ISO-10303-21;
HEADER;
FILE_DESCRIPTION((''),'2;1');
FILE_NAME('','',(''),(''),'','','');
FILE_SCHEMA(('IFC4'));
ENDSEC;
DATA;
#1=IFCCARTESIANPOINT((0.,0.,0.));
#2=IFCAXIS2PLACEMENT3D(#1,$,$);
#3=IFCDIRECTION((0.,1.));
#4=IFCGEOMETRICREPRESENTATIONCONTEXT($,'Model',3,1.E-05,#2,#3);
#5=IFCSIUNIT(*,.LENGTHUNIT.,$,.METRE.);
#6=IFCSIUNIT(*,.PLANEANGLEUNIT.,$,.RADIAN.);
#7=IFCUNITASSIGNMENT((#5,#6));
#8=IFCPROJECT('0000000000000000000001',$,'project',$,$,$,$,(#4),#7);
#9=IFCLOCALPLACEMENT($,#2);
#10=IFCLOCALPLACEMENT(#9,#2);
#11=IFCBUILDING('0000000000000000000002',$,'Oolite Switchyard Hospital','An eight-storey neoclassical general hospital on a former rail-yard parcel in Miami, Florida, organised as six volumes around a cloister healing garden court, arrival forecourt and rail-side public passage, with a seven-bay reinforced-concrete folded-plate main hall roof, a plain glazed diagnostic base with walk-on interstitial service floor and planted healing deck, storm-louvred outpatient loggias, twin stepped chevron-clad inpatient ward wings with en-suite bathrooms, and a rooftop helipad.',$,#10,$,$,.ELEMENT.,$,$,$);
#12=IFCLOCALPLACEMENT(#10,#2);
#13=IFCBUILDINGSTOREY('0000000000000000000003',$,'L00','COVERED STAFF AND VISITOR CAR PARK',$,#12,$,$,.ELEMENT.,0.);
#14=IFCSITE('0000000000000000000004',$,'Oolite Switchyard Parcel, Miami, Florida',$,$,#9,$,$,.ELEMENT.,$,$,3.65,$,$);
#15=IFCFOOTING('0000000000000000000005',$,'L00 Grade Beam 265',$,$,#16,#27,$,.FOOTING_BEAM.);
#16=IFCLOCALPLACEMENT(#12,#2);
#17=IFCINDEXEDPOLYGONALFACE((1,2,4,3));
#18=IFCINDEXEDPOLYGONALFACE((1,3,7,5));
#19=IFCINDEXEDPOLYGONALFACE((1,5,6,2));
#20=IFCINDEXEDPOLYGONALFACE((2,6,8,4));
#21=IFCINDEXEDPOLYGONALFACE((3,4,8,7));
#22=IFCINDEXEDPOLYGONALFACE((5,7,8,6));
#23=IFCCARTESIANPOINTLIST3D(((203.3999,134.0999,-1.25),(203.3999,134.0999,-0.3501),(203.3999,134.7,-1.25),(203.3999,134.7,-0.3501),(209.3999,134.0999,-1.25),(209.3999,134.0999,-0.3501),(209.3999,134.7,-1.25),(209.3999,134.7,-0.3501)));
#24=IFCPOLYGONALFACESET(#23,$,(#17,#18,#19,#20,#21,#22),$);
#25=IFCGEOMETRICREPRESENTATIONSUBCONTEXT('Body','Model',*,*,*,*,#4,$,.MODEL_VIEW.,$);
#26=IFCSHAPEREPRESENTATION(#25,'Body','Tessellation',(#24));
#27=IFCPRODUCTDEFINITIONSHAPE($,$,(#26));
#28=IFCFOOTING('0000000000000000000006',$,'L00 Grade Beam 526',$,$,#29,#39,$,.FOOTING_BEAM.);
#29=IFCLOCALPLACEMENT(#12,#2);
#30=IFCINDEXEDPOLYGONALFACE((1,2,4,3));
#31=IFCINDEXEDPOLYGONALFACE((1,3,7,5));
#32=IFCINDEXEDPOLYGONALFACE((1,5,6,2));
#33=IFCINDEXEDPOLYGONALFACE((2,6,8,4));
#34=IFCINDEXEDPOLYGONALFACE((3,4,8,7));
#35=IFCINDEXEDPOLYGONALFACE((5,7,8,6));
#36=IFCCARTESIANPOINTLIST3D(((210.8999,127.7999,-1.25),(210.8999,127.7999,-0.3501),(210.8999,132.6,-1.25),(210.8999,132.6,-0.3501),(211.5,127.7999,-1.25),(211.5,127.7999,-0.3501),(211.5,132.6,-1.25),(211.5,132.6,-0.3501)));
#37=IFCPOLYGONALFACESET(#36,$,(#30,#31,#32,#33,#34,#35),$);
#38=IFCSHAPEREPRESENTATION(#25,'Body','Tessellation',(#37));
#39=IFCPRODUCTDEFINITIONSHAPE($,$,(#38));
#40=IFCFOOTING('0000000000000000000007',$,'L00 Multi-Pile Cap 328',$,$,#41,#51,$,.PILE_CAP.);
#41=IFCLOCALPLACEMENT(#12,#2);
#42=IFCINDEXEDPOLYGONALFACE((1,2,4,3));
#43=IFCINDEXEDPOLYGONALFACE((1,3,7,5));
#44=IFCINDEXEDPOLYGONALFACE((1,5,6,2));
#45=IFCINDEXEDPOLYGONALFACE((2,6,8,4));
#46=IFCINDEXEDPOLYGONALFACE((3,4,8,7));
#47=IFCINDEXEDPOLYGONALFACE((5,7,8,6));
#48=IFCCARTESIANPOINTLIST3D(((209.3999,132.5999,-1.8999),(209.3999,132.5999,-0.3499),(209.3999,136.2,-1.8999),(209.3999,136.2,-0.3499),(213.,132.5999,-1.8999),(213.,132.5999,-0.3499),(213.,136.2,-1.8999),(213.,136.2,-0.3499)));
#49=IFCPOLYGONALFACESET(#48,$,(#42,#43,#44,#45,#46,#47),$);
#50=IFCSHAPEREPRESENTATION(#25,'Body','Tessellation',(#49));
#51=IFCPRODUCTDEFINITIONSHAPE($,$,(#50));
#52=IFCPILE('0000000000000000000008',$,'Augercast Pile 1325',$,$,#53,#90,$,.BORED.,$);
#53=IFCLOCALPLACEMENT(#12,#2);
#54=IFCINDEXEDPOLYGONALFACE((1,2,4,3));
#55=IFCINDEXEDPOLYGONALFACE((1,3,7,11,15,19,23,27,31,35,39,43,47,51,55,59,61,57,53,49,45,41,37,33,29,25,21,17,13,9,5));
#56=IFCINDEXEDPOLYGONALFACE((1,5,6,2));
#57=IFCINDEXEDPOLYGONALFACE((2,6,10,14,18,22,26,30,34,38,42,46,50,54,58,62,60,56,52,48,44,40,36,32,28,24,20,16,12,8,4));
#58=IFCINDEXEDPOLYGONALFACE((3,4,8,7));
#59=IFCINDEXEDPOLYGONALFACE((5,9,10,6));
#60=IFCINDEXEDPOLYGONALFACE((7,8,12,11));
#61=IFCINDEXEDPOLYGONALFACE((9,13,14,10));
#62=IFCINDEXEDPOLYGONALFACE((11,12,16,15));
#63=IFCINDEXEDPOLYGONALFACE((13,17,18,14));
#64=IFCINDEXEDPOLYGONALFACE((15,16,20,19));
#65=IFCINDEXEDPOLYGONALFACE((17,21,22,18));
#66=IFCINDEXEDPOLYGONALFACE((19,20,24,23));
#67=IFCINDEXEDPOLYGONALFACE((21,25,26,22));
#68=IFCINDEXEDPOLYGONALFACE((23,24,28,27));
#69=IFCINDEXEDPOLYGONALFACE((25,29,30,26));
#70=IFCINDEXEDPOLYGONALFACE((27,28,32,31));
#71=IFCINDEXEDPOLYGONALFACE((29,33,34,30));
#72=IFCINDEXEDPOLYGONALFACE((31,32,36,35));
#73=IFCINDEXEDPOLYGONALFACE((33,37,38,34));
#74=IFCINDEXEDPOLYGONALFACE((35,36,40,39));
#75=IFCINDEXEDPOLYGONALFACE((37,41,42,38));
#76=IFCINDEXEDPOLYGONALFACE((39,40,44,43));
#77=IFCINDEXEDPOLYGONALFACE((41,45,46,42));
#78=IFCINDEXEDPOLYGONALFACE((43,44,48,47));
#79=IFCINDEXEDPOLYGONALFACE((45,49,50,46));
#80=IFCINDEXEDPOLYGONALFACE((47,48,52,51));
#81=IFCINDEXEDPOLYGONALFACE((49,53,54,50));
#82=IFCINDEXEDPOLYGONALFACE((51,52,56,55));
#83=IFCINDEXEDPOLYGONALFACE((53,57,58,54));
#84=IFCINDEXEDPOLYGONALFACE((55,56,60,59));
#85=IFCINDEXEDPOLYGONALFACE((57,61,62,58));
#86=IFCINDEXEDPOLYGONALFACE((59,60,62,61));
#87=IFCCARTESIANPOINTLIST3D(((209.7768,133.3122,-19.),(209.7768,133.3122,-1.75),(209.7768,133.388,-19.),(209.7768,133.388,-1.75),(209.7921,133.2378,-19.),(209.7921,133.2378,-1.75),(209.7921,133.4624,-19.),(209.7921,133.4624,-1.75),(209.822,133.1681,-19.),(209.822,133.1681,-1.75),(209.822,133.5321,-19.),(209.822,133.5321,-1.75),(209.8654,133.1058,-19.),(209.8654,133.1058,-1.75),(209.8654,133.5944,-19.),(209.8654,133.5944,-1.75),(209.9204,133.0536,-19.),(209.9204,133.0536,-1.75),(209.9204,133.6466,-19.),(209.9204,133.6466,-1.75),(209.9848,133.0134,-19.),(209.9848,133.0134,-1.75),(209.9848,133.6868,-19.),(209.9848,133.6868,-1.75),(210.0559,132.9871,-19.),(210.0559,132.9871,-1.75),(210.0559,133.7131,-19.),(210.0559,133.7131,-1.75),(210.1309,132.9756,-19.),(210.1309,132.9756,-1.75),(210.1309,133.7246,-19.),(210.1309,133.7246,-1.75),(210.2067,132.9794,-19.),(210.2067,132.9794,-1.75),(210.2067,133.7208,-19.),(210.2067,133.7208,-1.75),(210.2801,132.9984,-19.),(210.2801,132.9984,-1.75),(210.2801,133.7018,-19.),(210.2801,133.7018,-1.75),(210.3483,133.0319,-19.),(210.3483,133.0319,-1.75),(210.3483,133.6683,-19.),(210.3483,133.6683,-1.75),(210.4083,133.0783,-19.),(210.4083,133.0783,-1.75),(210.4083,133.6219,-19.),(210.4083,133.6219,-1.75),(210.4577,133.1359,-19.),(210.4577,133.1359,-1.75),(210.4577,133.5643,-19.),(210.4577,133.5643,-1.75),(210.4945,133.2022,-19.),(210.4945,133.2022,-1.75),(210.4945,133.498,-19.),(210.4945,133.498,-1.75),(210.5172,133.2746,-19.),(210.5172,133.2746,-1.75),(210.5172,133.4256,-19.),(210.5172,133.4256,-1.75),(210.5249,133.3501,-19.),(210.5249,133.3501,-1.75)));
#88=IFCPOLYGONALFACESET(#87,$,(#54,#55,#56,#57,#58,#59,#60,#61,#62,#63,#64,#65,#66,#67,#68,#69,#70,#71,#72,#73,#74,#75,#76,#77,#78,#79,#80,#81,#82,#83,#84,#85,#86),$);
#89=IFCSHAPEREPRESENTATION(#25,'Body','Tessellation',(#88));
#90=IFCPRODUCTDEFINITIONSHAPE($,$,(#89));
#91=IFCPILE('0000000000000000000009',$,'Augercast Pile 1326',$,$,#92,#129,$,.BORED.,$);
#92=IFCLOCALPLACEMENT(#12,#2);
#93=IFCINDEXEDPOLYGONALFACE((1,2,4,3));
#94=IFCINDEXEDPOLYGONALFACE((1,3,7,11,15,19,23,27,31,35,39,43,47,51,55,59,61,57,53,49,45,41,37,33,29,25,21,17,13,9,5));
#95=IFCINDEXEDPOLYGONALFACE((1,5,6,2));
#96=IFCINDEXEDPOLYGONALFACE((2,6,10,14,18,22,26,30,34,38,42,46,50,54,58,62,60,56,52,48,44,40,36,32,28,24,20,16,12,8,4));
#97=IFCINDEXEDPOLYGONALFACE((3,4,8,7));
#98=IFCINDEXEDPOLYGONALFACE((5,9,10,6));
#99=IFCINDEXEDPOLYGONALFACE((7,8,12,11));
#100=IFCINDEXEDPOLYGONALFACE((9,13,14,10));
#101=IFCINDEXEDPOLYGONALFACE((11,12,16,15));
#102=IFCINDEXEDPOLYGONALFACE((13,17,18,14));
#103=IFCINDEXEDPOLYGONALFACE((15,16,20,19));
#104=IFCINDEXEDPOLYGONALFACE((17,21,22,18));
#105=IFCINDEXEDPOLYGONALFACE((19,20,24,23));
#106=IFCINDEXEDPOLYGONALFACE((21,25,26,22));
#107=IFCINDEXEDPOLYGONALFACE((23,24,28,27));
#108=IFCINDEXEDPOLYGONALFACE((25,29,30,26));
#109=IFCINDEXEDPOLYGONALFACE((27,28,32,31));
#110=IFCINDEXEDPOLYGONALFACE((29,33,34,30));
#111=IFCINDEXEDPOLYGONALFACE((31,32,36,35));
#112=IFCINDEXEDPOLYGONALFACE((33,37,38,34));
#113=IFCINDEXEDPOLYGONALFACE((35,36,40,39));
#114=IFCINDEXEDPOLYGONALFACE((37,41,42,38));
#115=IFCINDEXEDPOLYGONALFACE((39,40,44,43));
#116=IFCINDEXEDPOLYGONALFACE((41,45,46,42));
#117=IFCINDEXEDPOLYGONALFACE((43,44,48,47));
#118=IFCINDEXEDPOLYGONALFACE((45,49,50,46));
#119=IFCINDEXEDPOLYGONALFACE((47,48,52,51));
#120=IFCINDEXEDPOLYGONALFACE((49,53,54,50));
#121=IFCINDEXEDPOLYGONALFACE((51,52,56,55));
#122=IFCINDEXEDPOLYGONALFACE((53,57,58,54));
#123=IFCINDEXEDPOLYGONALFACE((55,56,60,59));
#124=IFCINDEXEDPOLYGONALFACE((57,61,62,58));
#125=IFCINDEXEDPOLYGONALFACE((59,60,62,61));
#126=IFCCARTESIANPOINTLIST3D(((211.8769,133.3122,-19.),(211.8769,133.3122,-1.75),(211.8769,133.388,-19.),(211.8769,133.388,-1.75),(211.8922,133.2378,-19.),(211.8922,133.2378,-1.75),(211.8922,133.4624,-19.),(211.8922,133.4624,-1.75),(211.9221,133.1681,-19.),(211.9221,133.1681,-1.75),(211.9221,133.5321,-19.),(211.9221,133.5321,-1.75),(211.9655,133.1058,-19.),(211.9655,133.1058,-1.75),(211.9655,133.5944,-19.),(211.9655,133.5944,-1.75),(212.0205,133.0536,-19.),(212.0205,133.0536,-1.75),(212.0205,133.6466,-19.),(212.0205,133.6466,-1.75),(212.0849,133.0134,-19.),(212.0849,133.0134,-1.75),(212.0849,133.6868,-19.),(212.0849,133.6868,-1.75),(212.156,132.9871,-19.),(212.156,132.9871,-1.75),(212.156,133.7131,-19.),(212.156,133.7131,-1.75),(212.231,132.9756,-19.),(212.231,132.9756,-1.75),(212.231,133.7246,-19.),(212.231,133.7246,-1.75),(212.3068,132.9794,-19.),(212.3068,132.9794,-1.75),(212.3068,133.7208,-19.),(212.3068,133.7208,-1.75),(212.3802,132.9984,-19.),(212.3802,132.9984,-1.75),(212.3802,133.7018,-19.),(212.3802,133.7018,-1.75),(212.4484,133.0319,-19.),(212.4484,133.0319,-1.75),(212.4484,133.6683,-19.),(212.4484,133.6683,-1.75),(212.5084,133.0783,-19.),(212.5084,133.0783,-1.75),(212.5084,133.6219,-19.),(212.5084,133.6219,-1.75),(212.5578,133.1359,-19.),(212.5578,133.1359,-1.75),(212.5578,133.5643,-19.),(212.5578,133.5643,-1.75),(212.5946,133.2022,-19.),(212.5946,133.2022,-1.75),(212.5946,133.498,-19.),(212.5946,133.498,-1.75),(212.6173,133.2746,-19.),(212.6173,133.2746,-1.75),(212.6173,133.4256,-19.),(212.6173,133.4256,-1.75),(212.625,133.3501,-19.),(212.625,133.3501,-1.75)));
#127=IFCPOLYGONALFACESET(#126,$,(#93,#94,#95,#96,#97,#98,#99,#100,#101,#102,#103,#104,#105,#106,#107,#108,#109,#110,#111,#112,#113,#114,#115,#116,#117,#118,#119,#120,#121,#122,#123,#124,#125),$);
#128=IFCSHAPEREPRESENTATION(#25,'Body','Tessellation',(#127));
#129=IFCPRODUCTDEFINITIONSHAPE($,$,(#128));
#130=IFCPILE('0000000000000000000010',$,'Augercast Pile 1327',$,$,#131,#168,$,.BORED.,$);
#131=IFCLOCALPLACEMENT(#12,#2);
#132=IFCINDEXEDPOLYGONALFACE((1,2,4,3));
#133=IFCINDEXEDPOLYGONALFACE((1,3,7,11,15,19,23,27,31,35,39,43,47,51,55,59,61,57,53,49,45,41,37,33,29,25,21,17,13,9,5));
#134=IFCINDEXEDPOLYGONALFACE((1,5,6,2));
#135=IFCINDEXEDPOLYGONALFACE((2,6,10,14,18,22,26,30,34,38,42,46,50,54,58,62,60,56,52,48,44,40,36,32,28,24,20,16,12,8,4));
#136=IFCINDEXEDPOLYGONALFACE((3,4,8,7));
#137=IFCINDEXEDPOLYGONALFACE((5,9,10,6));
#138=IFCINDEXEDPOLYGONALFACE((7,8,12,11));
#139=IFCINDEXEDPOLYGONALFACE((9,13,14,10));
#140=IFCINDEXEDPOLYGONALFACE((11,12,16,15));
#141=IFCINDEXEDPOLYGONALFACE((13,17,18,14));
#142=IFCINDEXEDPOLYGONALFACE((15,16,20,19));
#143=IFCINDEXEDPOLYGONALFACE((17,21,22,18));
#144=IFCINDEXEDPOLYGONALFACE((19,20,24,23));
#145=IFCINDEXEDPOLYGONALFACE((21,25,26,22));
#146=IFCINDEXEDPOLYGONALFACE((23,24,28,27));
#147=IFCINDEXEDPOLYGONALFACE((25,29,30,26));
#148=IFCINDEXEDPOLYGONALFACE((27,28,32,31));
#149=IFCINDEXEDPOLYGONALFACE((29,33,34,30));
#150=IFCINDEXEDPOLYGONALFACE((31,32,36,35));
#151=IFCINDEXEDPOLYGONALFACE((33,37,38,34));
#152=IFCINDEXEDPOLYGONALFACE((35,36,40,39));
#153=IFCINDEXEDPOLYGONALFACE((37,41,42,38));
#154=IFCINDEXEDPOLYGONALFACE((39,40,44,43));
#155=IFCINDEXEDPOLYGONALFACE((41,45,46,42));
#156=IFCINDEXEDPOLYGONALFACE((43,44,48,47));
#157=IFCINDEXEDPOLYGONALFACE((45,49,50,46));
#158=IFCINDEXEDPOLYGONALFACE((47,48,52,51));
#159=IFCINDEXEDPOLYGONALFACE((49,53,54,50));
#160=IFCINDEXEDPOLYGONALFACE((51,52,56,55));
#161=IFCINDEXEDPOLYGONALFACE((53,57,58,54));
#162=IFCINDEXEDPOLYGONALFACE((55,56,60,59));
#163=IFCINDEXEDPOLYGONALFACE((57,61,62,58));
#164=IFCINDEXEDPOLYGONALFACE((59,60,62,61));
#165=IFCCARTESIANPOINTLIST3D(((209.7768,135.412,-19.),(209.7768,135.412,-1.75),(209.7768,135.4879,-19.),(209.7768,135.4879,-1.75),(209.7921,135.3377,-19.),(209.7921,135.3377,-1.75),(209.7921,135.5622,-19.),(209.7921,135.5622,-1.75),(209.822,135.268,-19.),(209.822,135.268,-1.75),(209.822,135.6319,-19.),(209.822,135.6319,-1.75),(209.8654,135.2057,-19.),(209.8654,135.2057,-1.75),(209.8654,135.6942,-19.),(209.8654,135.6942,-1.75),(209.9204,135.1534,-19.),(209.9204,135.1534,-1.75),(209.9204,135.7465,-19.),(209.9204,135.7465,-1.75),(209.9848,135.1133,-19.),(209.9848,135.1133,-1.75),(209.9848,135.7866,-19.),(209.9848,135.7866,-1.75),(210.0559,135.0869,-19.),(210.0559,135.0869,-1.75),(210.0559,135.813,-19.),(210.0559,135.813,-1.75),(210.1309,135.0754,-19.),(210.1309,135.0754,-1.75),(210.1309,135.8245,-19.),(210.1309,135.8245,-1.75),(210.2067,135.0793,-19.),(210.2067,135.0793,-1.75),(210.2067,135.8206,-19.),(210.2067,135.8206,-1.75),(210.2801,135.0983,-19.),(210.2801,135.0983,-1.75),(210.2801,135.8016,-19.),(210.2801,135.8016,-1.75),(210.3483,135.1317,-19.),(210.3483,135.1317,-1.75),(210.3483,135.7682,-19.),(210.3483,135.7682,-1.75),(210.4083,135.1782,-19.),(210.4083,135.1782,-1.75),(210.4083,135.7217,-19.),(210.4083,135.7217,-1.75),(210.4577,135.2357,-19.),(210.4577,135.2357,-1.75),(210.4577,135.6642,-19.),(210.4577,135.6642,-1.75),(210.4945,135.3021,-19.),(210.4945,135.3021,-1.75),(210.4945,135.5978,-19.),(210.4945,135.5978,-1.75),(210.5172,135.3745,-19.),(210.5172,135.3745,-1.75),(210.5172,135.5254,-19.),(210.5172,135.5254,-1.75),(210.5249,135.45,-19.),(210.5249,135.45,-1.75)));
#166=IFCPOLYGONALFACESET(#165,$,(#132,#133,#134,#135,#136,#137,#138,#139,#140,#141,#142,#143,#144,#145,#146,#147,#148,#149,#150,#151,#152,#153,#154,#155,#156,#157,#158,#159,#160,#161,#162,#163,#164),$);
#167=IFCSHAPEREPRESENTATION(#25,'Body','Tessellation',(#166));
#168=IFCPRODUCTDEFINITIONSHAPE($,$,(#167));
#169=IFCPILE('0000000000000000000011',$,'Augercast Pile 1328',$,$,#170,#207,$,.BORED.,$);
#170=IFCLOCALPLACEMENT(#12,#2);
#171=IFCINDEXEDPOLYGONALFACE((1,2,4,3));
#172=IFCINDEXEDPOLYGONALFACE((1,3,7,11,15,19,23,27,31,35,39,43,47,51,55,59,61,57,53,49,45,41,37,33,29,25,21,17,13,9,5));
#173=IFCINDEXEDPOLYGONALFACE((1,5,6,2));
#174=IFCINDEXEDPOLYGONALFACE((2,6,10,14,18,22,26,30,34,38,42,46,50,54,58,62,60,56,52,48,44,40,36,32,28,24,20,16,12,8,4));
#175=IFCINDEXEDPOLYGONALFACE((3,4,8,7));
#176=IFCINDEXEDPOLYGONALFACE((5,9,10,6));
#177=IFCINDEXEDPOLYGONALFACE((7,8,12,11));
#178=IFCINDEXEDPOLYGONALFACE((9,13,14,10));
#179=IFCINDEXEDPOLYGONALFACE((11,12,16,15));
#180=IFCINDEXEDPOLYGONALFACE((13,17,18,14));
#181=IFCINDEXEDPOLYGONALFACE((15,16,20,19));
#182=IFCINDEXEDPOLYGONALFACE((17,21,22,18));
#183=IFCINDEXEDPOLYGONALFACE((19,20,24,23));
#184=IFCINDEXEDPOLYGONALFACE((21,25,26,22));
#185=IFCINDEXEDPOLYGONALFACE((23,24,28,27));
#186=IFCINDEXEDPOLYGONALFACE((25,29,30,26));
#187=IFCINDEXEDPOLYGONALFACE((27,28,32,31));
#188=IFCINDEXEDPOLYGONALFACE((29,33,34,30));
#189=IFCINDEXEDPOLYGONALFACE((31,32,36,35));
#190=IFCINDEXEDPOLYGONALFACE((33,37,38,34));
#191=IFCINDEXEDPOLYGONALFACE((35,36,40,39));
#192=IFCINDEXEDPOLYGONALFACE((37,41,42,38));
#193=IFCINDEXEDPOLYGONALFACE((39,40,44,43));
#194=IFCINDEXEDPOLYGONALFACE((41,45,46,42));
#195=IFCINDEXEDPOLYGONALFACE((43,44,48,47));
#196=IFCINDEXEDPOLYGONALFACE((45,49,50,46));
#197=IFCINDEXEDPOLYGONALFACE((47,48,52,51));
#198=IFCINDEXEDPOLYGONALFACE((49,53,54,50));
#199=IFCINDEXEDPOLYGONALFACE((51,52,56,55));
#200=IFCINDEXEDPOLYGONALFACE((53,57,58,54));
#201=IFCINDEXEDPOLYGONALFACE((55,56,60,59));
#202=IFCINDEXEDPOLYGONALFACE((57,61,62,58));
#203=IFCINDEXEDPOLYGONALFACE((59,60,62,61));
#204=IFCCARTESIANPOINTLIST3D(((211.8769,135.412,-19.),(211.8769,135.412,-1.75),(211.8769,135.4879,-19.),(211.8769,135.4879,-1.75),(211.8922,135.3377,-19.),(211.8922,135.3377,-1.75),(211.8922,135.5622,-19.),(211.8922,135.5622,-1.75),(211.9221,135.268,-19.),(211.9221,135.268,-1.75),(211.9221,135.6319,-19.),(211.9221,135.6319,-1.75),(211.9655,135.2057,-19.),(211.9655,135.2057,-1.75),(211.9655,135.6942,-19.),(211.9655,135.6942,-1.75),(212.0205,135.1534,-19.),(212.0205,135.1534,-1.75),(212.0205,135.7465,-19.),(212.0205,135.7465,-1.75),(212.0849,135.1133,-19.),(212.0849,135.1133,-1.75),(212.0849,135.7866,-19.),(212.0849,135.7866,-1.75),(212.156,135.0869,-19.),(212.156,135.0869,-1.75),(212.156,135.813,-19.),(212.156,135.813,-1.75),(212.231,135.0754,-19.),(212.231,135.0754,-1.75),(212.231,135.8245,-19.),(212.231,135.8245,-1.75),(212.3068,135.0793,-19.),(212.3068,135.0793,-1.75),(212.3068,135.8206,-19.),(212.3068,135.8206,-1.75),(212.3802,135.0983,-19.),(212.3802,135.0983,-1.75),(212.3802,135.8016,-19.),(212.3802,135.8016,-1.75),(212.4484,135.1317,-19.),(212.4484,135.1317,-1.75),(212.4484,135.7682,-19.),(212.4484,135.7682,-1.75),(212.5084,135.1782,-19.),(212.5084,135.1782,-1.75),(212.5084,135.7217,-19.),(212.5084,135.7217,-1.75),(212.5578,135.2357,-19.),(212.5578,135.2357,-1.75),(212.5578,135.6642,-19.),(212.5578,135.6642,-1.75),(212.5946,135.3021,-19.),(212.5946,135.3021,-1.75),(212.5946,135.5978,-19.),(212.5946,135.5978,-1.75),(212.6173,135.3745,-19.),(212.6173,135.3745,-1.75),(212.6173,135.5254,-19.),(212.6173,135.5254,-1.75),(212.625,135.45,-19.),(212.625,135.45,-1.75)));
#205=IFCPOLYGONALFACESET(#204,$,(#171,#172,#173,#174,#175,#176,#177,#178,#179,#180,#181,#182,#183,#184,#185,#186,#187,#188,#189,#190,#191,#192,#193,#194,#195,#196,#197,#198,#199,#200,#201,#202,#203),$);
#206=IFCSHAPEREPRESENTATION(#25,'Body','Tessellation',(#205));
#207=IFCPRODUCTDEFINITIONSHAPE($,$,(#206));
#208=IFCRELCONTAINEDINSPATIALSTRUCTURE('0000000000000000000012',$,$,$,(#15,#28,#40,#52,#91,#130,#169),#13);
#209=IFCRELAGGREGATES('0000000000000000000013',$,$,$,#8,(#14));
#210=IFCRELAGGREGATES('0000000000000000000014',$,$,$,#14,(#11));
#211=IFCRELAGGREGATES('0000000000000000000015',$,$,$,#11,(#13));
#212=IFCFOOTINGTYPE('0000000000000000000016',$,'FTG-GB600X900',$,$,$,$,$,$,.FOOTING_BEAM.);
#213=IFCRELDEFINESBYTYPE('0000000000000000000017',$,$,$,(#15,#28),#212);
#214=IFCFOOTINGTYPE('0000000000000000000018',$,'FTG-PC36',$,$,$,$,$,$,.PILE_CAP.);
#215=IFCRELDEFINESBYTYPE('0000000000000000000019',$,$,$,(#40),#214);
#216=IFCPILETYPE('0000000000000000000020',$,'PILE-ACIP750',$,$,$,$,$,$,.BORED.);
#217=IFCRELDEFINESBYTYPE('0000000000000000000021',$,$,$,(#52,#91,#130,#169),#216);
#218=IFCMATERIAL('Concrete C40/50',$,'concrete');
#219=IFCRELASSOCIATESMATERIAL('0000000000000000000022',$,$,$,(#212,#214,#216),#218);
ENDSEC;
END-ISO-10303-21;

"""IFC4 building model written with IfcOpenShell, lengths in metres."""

from ifc_helpers import new_model, si_unit, direction, frame, origin, origin_2d, place, context, subcontext, project, spatial, rectangle, circle, extrude, material, material_profile, profile_set, type_object, element, save


model = new_model("IFC4")

# Units and contexts
model_context = context("Model", 3, precision=1e-05, world=origin(), true_north=direction((0.0, 1.0)))
body_context = subcontext(model_context, "Body", "Model", "MODEL_VIEW")
ifc_project = project(units=[si_unit("LENGTHUNIT", "METRE"), si_unit("PLANEANGLEUNIT", "RADIAN")], contexts=[model_context])

# Site, building, storey
site_placement = place(None, origin())
site = spatial("IfcSite", under=ifc_project, at=site_placement, Name="Oolite Switchyard Parcel, Miami, Florida", CompositionType="ELEMENT", RefElevation=3.65)
building_placement = place(site_placement, origin())
building = spatial("IfcBuilding", under=site, at=building_placement, Name="Oolite Switchyard Hospital", Description="An eight-storey neoclassical general hospital on a former rail-yard parcel in Miami, Florida, organised as six volumes around a cloister healing garden court, arrival forecourt and rail-side public passage, with a seven-bay reinforced-concrete folded-plate main hall roof, a plain glazed diagnostic base with walk-on interstitial service floor and planted healing deck, storm-louvred outpatient loggias, twin stepped chevron-clad inpatient ward wings with en-suite bathrooms, and a rooftop helipad.", CompositionType="ELEMENT")
storey_placement = place(building_placement, origin())
storey = spatial("IfcBuildingStorey", under=building, at=storey_placement, Name="L00", Description="COVERED STAFF AND VISITOR CAR PARK", CompositionType="ELEMENT", Elevation=0.0)

# Footings
ifc_material_1 = material(Name="Concrete C40/50", Category="concrete")
footing_type_1 = type_object("IfcFootingType", Name="FTG-GB600X900", PredefinedType="FOOTING_BEAM", material=ifc_material_1)
footing_1_placement = place(storey_placement, frame((206.3999, 134.3999, -1.25), z_axis=(0.0, 0.0, 1.0), x_axis=(1.0, 0.0, 0.0)))
element("IfcFooting", 1, at=footing_1_placement, inside=storey, type_object=footing_type_1, Name="L00 Grade Beam 265", PredefinedType="FOOTING_BEAM", context=body_context, shape_type="SweptSolid", body=[
    extrude(rectangle(XDim=6.0, YDim=0.6001, at=origin_2d()), origin(), (0.0, 0.0, 1.0), 0.8999),
])
footing_2_placement = place(storey_placement, frame((211.2, 130.2, -1.25), z_axis=(0.0, 0.0, 1.0), x_axis=(0.0, 1.0, 0.0)))
element("IfcFooting", 2, at=footing_2_placement, inside=storey, type_object=footing_type_1, Name="L00 Grade Beam 526", PredefinedType="FOOTING_BEAM", context=body_context, shape_type="SweptSolid", body=[
    extrude(rectangle(XDim=4.8, YDim=0.6001, at=origin_2d()), origin(), (0.0, 0.0, 1.0), 0.8999),
])
footing_type_2 = type_object("IfcFootingType", Name="FTG-PC36", PredefinedType="PILE_CAP", material=ifc_material_1)
footing_3_placement = place(storey_placement, frame((211.2, 134.3999, -1.8999), z_axis=(0.0, 0.0, 1.0), x_axis=(1.0, 0.0, 0.0)))
element("IfcFooting", 3, at=footing_3_placement, inside=storey, type_object=footing_type_2, Name="L00 Multi-Pile Cap 328", PredefinedType="PILE_CAP", context=body_context, shape_type="SweptSolid", body=[
    extrude(rectangle(XDim=3.6001, YDim=3.6001, at=origin_2d()), origin(), (0.0, 0.0, 1.0), 1.55),
])

# Piles
ifc_material_profile_1 = material_profile(ifc_material_1, circle(Radius=0.375, at=origin_2d()), Name="PILE750")
ifc_profile_set_1 = profile_set([ifc_material_profile_1], Name="Concrete C40/50")
pile_type = type_object("IfcPileType", Name="PILE-ACIP750", PredefinedType="BORED", material=ifc_profile_set_1)
for number, where, z_axis, x_axis, name in (
    (4, (210.1499, 133.3501, -1.75), (0.0, 0.0, -1.0), (1.0, 0.0, 0.0), "Augercast Pile 1325"),
    (5, (212.25, 133.3501, -1.75), (0.0, 0.0, -1.0), (1.0, 0.0, 0.0), "Augercast Pile 1326"),
    (6, (210.1499, 135.45, -1.75), (0.0, 0.0, -1.0), (1.0, 0.0, 0.0), "Augercast Pile 1327"),
    (7, (212.25, 135.45, -1.75), (0.0, 0.0, -1.0), (1.0, 0.0, 0.0), "Augercast Pile 1328"),
):
    element("IfcPile", number, at=place(storey_placement, frame(where, z_axis=z_axis, x_axis=x_axis)), inside=storey, type_object=pile_type, Name=name, PredefinedType="BORED", context=body_context, shape_type="SweptSolid", body=[
        extrude(circle(Radius=0.375, at=origin_2d()), origin(), (0.0, 0.0, 1.0), 17.25),
    ])

save(model, "model.ifc")
